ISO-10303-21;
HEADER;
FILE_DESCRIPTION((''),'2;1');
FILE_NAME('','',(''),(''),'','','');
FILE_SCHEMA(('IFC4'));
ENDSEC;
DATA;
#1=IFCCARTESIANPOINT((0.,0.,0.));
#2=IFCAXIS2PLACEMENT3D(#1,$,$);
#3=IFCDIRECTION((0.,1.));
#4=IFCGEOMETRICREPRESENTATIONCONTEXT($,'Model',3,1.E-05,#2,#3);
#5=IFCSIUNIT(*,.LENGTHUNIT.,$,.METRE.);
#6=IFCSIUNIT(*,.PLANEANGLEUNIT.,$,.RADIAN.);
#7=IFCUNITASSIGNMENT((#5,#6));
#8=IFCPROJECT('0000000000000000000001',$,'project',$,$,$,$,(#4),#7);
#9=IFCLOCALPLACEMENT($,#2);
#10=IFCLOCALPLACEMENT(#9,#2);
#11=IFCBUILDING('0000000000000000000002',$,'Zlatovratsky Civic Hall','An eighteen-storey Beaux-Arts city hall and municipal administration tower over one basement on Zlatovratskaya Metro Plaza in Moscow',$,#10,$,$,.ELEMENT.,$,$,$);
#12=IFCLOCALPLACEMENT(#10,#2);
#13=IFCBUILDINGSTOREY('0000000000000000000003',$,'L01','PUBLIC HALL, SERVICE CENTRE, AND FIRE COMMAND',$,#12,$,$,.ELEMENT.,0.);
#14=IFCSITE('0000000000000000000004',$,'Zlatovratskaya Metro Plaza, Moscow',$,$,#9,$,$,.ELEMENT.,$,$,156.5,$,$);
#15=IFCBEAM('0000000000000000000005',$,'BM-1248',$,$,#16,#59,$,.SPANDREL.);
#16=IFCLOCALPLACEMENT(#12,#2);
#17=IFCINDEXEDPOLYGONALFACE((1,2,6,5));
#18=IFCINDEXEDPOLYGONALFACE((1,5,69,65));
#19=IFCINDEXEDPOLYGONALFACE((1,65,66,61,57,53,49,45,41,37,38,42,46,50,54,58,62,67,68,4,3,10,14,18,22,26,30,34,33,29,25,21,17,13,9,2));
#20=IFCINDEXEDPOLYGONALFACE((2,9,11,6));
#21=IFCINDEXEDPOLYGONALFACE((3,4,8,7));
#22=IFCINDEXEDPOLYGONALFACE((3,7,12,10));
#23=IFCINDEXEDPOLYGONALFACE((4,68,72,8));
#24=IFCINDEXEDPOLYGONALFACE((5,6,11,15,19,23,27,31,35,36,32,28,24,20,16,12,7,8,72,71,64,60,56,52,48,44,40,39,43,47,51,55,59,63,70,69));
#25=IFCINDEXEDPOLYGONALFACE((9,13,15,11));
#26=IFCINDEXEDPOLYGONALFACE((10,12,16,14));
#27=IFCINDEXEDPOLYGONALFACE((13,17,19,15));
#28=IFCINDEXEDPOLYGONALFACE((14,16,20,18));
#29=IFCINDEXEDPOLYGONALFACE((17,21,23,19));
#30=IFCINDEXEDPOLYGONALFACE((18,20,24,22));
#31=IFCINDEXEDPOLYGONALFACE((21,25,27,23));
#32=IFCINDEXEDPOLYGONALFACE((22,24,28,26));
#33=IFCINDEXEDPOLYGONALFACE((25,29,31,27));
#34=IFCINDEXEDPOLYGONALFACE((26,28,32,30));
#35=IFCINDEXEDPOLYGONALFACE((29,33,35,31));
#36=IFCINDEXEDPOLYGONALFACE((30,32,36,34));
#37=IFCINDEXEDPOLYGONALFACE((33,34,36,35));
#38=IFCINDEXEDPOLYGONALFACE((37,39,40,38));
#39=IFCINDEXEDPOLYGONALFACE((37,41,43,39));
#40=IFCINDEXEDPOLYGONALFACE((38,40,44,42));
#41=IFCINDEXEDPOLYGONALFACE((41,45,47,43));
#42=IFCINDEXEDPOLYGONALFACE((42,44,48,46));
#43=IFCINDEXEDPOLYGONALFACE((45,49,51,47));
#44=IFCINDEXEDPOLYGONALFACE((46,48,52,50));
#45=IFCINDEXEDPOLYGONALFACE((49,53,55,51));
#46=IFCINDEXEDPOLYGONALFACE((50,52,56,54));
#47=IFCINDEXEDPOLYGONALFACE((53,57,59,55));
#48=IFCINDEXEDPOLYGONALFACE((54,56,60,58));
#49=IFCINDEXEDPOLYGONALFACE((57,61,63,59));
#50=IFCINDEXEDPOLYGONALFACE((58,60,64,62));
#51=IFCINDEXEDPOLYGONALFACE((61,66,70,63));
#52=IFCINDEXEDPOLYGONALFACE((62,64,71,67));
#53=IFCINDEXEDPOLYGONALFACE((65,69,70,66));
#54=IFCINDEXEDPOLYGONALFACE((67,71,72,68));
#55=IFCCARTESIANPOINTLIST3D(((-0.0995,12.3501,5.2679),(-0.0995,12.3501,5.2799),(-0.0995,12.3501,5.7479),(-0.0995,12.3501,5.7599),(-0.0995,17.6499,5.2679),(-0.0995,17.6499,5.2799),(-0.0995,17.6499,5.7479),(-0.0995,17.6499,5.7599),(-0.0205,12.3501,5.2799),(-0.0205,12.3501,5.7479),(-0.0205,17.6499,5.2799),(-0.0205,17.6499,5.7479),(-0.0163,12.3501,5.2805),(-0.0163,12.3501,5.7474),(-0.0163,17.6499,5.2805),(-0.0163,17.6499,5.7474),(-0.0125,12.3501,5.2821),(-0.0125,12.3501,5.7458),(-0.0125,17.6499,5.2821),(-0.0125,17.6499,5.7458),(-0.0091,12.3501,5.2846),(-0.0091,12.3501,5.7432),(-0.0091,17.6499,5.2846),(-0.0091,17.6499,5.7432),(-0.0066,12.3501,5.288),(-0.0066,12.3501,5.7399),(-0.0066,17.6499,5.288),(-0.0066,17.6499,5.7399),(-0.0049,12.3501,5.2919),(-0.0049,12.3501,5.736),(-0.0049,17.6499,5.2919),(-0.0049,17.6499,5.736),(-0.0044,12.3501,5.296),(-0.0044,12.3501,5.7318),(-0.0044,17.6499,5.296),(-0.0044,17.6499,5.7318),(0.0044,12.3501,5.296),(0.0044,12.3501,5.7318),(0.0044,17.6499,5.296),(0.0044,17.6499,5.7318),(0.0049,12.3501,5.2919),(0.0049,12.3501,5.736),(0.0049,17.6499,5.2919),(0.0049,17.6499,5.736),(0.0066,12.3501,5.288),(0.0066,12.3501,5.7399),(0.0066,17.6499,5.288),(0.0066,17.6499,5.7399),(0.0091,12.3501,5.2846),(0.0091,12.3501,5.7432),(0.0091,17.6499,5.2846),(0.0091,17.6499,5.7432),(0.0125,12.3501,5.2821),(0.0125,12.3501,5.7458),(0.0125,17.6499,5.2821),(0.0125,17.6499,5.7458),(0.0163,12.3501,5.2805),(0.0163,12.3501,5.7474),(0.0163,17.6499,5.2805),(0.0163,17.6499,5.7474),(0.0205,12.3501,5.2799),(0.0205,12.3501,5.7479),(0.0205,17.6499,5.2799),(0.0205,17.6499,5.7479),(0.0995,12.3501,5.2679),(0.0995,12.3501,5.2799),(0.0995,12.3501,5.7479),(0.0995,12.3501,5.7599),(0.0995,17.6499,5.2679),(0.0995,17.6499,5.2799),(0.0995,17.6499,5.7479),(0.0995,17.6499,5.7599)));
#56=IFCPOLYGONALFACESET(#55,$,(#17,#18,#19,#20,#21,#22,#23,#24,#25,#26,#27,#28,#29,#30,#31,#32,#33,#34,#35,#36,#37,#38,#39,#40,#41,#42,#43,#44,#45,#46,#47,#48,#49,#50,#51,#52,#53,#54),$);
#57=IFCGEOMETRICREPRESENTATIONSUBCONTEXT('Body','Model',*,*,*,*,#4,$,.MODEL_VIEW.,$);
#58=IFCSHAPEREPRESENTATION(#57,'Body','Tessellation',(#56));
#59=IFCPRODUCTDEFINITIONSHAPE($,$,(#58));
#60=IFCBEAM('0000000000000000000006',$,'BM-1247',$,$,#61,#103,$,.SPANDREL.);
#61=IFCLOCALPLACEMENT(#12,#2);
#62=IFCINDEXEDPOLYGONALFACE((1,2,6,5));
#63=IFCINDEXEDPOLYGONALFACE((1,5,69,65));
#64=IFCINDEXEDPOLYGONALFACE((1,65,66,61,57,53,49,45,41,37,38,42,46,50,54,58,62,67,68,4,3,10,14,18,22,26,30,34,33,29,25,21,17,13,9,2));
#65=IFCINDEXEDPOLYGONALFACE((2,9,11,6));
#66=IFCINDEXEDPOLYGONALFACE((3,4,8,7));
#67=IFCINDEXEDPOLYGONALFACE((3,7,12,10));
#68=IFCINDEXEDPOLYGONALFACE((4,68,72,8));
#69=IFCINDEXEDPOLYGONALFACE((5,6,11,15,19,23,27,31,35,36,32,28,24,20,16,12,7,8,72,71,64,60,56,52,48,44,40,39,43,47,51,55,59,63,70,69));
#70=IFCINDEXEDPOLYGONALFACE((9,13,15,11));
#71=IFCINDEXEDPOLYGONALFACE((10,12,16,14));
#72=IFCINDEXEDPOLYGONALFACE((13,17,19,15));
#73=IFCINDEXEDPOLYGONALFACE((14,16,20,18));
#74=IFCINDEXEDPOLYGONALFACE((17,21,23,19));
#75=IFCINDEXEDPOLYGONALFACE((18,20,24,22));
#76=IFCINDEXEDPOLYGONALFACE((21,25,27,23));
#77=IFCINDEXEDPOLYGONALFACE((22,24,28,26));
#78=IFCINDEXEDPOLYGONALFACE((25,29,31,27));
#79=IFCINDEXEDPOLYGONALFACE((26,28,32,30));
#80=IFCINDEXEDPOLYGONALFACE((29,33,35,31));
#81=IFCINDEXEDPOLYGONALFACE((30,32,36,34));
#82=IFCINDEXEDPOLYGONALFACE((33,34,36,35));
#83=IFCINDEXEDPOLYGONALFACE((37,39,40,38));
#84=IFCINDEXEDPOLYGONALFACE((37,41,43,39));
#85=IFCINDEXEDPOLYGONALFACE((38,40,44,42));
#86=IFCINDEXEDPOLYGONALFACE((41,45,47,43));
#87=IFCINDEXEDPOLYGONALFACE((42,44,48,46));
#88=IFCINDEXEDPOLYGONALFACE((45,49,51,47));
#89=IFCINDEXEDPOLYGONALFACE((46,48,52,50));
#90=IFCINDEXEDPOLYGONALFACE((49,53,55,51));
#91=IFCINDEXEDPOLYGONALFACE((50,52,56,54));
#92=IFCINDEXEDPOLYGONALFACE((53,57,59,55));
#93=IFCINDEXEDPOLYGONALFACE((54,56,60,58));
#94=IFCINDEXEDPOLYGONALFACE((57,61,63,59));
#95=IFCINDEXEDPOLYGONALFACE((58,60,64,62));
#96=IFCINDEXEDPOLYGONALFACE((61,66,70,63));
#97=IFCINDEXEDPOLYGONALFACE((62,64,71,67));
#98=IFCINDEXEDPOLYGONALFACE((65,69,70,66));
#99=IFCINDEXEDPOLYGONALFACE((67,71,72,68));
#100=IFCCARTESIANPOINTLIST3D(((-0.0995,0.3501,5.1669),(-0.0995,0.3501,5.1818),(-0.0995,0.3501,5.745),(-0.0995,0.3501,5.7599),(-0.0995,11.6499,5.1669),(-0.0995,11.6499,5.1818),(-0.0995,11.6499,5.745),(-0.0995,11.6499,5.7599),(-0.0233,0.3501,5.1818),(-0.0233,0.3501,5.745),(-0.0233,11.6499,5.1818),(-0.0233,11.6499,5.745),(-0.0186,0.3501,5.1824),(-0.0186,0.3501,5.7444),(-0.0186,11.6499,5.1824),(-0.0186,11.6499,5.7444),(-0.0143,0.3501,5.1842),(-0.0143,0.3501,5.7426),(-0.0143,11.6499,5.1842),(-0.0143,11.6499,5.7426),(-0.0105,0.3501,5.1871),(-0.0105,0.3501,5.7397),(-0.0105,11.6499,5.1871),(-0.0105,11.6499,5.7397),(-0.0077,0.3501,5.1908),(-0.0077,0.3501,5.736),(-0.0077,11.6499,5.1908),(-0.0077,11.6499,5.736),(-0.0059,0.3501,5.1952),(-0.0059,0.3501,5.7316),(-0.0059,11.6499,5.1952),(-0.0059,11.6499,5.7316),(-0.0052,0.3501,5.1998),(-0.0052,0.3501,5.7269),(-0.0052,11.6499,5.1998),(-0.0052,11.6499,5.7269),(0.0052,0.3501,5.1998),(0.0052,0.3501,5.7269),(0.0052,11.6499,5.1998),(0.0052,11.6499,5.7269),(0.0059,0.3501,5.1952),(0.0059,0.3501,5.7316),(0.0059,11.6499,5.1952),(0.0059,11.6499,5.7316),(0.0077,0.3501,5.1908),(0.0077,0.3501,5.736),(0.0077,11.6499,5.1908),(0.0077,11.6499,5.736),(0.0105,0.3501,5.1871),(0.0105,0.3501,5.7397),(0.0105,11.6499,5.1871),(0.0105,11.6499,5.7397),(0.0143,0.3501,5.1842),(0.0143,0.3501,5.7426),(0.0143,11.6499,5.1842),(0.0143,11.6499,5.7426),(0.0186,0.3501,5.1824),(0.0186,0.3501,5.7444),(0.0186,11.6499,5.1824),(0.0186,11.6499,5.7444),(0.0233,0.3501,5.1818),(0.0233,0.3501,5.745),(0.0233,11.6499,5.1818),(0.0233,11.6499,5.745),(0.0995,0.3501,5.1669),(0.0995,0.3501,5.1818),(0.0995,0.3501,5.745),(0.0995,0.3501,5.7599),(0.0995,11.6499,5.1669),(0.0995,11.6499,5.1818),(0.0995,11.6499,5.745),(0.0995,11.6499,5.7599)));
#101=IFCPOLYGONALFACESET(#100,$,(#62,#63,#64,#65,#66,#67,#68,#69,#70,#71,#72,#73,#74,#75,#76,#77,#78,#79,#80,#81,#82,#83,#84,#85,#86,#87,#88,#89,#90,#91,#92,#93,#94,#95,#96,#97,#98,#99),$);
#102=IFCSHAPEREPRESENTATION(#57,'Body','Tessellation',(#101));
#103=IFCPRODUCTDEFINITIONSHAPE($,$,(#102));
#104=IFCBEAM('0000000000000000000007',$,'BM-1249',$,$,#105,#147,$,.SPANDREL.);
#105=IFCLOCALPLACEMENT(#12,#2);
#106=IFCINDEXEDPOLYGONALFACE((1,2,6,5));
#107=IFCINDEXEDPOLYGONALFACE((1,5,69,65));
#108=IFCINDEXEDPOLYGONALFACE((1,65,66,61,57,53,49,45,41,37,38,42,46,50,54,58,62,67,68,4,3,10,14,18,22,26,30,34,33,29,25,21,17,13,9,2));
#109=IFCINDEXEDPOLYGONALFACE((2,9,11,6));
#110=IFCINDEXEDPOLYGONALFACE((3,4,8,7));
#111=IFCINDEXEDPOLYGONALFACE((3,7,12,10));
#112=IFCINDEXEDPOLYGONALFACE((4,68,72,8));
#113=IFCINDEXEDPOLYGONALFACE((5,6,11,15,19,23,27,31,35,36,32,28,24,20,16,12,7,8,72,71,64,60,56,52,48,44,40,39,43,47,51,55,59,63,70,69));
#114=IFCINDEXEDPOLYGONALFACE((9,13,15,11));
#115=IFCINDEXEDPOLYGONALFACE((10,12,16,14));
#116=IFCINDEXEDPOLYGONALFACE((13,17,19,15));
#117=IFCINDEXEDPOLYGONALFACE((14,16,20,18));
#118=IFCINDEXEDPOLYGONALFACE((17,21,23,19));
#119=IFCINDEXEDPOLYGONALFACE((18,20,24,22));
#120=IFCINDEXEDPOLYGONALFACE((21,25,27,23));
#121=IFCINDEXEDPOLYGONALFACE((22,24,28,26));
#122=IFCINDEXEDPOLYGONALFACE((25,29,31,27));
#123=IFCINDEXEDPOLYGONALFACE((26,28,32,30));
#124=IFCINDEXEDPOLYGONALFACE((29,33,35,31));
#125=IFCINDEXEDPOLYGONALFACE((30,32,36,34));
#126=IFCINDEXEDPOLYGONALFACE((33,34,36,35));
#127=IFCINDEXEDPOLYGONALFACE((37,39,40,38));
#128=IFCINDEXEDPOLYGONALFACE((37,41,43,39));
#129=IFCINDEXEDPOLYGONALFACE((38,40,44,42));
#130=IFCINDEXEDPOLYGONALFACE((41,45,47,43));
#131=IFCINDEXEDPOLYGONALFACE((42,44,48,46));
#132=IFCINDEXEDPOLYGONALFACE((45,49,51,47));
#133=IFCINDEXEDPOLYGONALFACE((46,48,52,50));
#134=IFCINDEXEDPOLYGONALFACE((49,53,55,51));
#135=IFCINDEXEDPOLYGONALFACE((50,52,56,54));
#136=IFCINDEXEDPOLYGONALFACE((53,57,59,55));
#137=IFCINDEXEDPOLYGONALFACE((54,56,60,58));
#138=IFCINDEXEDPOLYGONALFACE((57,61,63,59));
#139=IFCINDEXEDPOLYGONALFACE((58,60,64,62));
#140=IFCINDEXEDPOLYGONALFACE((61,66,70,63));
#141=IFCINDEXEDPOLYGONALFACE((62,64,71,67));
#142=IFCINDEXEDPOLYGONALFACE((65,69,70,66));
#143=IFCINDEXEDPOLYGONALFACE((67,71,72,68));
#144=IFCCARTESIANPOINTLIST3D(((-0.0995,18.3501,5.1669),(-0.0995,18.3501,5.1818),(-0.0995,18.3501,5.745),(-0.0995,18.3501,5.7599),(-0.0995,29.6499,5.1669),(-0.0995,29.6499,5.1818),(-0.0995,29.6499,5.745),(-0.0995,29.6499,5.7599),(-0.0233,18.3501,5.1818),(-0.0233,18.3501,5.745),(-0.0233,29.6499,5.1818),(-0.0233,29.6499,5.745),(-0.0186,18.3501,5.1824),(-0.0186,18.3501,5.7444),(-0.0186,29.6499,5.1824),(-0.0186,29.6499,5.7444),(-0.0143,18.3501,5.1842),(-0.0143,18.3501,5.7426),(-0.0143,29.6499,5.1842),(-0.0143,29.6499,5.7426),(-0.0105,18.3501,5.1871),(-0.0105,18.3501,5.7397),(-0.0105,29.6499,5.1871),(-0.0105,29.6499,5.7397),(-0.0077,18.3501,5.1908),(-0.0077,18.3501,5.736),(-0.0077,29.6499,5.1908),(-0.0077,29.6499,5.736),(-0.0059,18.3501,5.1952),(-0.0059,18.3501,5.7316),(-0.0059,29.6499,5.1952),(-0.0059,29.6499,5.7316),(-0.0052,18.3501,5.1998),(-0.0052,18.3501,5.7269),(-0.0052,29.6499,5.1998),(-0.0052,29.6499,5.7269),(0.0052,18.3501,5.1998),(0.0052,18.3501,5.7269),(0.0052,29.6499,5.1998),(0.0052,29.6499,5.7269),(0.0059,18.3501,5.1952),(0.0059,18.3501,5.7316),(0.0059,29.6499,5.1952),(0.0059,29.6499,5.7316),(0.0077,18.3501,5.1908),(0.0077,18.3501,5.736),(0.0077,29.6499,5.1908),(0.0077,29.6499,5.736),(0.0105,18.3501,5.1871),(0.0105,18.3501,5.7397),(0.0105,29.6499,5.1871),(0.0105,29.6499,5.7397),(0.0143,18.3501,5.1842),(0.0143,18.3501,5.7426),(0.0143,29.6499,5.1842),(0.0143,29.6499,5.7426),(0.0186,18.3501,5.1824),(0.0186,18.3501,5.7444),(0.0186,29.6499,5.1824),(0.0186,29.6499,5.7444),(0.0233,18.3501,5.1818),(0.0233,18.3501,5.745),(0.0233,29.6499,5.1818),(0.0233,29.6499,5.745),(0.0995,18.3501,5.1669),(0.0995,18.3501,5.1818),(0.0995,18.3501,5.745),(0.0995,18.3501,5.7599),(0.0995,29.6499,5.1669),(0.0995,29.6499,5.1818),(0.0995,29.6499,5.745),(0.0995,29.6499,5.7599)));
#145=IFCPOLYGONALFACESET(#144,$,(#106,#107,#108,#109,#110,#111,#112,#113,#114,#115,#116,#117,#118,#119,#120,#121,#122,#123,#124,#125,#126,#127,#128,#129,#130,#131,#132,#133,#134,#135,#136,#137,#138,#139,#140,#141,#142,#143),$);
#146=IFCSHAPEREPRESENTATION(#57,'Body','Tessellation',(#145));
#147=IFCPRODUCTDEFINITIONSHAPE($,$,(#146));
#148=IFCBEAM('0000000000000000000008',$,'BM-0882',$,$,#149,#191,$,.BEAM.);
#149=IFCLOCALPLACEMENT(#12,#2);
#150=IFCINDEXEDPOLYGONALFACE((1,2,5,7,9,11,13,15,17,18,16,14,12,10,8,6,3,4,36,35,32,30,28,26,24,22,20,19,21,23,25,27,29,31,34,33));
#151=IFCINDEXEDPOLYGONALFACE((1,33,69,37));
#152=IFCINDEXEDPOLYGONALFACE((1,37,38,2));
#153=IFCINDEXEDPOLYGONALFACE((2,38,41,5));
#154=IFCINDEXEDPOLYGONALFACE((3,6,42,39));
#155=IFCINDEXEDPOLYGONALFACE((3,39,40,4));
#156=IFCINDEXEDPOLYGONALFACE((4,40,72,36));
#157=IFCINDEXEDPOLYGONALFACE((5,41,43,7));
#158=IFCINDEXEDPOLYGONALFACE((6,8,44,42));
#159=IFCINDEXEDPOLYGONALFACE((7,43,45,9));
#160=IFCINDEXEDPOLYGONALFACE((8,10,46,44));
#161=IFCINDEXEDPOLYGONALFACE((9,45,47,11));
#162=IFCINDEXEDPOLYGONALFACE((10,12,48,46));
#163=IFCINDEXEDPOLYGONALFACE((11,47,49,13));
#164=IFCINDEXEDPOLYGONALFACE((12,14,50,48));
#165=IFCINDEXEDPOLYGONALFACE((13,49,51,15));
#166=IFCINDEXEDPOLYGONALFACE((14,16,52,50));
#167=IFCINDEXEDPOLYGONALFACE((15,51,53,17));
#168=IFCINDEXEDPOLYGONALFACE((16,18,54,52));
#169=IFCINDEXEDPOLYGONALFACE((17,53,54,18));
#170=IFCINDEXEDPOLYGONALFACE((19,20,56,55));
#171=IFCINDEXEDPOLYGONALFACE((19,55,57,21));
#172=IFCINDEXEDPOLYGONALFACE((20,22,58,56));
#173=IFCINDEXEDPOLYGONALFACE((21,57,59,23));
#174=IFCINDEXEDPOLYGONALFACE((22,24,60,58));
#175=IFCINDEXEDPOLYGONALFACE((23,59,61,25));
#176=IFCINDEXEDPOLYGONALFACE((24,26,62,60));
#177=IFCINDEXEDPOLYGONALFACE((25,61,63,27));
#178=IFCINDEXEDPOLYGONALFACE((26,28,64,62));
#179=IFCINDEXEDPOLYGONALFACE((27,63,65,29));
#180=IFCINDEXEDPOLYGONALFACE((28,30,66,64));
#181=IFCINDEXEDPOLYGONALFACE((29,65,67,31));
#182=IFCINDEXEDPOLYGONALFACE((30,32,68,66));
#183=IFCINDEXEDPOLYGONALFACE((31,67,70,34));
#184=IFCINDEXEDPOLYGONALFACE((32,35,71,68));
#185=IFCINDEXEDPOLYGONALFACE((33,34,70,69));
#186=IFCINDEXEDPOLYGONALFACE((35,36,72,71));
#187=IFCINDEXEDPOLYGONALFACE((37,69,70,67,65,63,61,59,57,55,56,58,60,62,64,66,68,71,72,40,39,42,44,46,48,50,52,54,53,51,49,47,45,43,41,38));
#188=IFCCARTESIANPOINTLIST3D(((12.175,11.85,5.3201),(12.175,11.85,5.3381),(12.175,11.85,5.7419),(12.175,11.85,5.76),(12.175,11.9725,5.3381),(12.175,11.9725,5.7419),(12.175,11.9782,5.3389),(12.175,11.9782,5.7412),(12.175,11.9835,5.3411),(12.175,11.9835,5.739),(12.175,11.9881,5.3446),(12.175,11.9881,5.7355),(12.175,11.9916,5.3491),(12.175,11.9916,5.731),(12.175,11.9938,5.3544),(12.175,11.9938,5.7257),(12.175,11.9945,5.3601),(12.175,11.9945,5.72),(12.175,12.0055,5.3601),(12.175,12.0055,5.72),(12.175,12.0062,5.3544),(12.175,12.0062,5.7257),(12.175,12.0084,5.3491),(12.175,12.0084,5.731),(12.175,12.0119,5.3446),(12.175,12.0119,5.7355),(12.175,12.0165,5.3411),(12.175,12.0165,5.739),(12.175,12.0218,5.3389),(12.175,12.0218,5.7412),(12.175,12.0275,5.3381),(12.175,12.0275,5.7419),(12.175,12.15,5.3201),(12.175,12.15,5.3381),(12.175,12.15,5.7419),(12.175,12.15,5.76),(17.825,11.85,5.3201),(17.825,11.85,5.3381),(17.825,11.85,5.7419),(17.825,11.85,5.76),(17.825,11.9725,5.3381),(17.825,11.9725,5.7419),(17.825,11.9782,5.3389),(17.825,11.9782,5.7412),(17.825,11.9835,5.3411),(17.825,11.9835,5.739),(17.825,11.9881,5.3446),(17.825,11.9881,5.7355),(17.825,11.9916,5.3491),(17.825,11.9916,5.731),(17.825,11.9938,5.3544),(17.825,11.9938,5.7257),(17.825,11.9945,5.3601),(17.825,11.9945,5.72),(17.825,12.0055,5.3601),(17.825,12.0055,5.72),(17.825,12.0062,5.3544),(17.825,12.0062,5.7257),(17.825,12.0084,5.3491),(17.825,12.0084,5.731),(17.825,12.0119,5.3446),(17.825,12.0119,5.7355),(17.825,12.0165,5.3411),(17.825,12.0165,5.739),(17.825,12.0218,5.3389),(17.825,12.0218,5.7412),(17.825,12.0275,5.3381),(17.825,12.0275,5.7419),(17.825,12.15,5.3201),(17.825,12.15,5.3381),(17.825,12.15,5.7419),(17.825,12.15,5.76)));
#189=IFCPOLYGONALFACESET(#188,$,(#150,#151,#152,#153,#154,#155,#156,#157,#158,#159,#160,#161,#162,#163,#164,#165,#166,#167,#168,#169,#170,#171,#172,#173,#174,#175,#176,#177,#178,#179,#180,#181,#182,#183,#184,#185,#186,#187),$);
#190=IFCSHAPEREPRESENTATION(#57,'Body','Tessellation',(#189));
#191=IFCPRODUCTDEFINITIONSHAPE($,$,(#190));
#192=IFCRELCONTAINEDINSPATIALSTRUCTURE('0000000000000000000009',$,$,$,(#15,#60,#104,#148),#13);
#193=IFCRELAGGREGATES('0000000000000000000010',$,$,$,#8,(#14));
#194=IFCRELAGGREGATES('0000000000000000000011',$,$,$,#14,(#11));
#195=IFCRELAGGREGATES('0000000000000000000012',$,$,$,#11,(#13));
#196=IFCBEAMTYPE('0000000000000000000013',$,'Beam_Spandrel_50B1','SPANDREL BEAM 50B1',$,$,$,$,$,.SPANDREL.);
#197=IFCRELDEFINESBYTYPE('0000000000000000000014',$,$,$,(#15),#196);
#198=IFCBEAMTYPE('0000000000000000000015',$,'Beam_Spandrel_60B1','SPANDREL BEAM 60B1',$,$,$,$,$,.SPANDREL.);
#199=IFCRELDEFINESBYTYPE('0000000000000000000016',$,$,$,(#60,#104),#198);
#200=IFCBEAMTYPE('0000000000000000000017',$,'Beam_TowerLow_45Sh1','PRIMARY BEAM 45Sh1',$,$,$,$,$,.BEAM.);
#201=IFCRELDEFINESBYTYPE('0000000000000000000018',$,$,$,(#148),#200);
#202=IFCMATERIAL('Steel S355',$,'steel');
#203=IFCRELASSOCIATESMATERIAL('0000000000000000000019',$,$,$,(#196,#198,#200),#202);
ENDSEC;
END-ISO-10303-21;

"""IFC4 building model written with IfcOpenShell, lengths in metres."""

from ifc_helpers import new_model, si_unit, direction, frame, origin, origin_2d, place, context, subcontext, project, spatial, i_section, extrude, material, material_profile, profile_set, type_object, element, save


model = new_model("IFC4")

# Units and contexts
model_context = context("Model", 3, precision=1e-05, world=origin(), true_north=direction((0.0, 1.0)))
body_context = subcontext(model_context, "Body", "Model", "MODEL_VIEW")
ifc_project = project(units=[si_unit("LENGTHUNIT", "METRE"), si_unit("PLANEANGLEUNIT", "RADIAN")], contexts=[model_context])

# Site, building, storey
site_placement = place(None, origin())
site = spatial("IfcSite", under=ifc_project, at=site_placement, Name="Zlatovratskaya Metro Plaza, Moscow", CompositionType="ELEMENT", RefElevation=156.5)
building_placement = place(site_placement, origin())
building = spatial("IfcBuilding", under=site, at=building_placement, Name="Zlatovratsky Civic Hall", Description="An eighteen-storey Beaux-Arts city hall and municipal administration tower over one basement on Zlatovratskaya Metro Plaza in Moscow", CompositionType="ELEMENT")
storey_placement = place(building_placement, origin())
storey = spatial("IfcBuildingStorey", under=building, at=storey_placement, Name="L01", Description="PUBLIC HALL, SERVICE CENTRE, AND FIRE COMMAND", CompositionType="ELEMENT", Elevation=0.0)

# Shared definitions
ifc_material_1 = material(Name="Steel S355", Category="steel")

# Beams
ifc_material_profile_1 = material_profile(ifc_material_1, i_section(OverallWidth=0.199, OverallDepth=0.4919, WebThickness=0.0088, FlangeThickness=0.012, FilletRadius=0.0161, at=origin_2d()), Name="50B1")
ifc_profile_set_1 = profile_set([ifc_material_profile_1], Name="Steel S355")
beam_type_1 = type_object("IfcBeamType", Name="Beam_Spandrel_50B1", Description="SPANDREL BEAM 50B1", PredefinedType="SPANDREL", material=ifc_profile_set_1)
for number, where, z_axis, x_axis, name in (
    (1, (0.0, 12.3501, 5.5139), (0.0, 1.0, 0.0), (-1.0, 0.0, 0.0), "BM-1248"),
):
    element("IfcBeam", number, at=place(storey_placement, frame(where, z_axis=z_axis, x_axis=x_axis)), inside=storey, type_object=beam_type_1, Name=name, PredefinedType="SPANDREL", context=body_context, shape_type="SweptSolid", body=[
        extrude(i_section(OverallWidth=0.199, OverallDepth=0.4919, WebThickness=0.0088, FlangeThickness=0.012, FilletRadius=0.0161, at=origin_2d()), origin(), (0.0, 0.0, 1.0), 5.2998),
    ])
ifc_material_profile_2 = material_profile(ifc_material_1, i_section(OverallWidth=0.199, OverallDepth=0.593, WebThickness=0.0105, FlangeThickness=0.0149, FilletRadius=0.0181, at=origin_2d()), Name="60B1")
ifc_profile_set_2 = profile_set([ifc_material_profile_2], Name="Steel S355")
beam_type_2 = type_object("IfcBeamType", Name="Beam_Spandrel_60B1", Description="SPANDREL BEAM 60B1", PredefinedType="SPANDREL", material=ifc_profile_set_2)
for number, where, z_axis, x_axis, name in (
    (2, (0.0, 0.3501, 5.4634), (0.0, 1.0, 0.0), (-1.0, 0.0, 0.0), "BM-1247"),
    (3, (0.0, 18.3501, 5.4634), (0.0, 1.0, 0.0), (-1.0, 0.0, 0.0), "BM-1249"),
):
    element("IfcBeam", number, at=place(storey_placement, frame(where, z_axis=z_axis, x_axis=x_axis)), inside=storey, type_object=beam_type_2, Name=name, PredefinedType="SPANDREL", context=body_context, shape_type="SweptSolid", body=[
        extrude(i_section(OverallWidth=0.199, OverallDepth=0.593, WebThickness=0.0105, FlangeThickness=0.0149, FilletRadius=0.0181, at=origin_2d()), origin(), (0.0, 0.0, 1.0), 11.2998),
    ])
ifc_material_profile_3 = material_profile(ifc_material_1, i_section(OverallWidth=0.3, OverallDepth=0.4399, WebThickness=0.011, FlangeThickness=0.0181, FilletRadius=0.022, at=origin_2d()), Name="45Sh1")
ifc_profile_set_3 = profile_set([ifc_material_profile_3], Name="Steel S355")
beam_type_3 = type_object("IfcBeamType", Name="Beam_TowerLow_45Sh1", Description="PRIMARY BEAM 45Sh1", PredefinedType="BEAM", material=ifc_profile_set_3)
beam_1_placement = place(storey_placement, frame((12.175, 12.0, 5.54), z_axis=(1.0, 0.0, 0.0), x_axis=(0.0, 1.0, 0.0)))
element("IfcBeam", 4, at=beam_1_placement, inside=storey, type_object=beam_type_3, Name="BM-0882", PredefinedType="BEAM", context=body_context, shape_type="SweptSolid", body=[
    extrude(i_section(OverallWidth=0.3, OverallDepth=0.4399, WebThickness=0.011, FlangeThickness=0.0181, FilletRadius=0.022, at=origin_2d()), origin(), (0.0, 0.0, 1.0), 5.6499),
])

save(model, "model.ifc")
